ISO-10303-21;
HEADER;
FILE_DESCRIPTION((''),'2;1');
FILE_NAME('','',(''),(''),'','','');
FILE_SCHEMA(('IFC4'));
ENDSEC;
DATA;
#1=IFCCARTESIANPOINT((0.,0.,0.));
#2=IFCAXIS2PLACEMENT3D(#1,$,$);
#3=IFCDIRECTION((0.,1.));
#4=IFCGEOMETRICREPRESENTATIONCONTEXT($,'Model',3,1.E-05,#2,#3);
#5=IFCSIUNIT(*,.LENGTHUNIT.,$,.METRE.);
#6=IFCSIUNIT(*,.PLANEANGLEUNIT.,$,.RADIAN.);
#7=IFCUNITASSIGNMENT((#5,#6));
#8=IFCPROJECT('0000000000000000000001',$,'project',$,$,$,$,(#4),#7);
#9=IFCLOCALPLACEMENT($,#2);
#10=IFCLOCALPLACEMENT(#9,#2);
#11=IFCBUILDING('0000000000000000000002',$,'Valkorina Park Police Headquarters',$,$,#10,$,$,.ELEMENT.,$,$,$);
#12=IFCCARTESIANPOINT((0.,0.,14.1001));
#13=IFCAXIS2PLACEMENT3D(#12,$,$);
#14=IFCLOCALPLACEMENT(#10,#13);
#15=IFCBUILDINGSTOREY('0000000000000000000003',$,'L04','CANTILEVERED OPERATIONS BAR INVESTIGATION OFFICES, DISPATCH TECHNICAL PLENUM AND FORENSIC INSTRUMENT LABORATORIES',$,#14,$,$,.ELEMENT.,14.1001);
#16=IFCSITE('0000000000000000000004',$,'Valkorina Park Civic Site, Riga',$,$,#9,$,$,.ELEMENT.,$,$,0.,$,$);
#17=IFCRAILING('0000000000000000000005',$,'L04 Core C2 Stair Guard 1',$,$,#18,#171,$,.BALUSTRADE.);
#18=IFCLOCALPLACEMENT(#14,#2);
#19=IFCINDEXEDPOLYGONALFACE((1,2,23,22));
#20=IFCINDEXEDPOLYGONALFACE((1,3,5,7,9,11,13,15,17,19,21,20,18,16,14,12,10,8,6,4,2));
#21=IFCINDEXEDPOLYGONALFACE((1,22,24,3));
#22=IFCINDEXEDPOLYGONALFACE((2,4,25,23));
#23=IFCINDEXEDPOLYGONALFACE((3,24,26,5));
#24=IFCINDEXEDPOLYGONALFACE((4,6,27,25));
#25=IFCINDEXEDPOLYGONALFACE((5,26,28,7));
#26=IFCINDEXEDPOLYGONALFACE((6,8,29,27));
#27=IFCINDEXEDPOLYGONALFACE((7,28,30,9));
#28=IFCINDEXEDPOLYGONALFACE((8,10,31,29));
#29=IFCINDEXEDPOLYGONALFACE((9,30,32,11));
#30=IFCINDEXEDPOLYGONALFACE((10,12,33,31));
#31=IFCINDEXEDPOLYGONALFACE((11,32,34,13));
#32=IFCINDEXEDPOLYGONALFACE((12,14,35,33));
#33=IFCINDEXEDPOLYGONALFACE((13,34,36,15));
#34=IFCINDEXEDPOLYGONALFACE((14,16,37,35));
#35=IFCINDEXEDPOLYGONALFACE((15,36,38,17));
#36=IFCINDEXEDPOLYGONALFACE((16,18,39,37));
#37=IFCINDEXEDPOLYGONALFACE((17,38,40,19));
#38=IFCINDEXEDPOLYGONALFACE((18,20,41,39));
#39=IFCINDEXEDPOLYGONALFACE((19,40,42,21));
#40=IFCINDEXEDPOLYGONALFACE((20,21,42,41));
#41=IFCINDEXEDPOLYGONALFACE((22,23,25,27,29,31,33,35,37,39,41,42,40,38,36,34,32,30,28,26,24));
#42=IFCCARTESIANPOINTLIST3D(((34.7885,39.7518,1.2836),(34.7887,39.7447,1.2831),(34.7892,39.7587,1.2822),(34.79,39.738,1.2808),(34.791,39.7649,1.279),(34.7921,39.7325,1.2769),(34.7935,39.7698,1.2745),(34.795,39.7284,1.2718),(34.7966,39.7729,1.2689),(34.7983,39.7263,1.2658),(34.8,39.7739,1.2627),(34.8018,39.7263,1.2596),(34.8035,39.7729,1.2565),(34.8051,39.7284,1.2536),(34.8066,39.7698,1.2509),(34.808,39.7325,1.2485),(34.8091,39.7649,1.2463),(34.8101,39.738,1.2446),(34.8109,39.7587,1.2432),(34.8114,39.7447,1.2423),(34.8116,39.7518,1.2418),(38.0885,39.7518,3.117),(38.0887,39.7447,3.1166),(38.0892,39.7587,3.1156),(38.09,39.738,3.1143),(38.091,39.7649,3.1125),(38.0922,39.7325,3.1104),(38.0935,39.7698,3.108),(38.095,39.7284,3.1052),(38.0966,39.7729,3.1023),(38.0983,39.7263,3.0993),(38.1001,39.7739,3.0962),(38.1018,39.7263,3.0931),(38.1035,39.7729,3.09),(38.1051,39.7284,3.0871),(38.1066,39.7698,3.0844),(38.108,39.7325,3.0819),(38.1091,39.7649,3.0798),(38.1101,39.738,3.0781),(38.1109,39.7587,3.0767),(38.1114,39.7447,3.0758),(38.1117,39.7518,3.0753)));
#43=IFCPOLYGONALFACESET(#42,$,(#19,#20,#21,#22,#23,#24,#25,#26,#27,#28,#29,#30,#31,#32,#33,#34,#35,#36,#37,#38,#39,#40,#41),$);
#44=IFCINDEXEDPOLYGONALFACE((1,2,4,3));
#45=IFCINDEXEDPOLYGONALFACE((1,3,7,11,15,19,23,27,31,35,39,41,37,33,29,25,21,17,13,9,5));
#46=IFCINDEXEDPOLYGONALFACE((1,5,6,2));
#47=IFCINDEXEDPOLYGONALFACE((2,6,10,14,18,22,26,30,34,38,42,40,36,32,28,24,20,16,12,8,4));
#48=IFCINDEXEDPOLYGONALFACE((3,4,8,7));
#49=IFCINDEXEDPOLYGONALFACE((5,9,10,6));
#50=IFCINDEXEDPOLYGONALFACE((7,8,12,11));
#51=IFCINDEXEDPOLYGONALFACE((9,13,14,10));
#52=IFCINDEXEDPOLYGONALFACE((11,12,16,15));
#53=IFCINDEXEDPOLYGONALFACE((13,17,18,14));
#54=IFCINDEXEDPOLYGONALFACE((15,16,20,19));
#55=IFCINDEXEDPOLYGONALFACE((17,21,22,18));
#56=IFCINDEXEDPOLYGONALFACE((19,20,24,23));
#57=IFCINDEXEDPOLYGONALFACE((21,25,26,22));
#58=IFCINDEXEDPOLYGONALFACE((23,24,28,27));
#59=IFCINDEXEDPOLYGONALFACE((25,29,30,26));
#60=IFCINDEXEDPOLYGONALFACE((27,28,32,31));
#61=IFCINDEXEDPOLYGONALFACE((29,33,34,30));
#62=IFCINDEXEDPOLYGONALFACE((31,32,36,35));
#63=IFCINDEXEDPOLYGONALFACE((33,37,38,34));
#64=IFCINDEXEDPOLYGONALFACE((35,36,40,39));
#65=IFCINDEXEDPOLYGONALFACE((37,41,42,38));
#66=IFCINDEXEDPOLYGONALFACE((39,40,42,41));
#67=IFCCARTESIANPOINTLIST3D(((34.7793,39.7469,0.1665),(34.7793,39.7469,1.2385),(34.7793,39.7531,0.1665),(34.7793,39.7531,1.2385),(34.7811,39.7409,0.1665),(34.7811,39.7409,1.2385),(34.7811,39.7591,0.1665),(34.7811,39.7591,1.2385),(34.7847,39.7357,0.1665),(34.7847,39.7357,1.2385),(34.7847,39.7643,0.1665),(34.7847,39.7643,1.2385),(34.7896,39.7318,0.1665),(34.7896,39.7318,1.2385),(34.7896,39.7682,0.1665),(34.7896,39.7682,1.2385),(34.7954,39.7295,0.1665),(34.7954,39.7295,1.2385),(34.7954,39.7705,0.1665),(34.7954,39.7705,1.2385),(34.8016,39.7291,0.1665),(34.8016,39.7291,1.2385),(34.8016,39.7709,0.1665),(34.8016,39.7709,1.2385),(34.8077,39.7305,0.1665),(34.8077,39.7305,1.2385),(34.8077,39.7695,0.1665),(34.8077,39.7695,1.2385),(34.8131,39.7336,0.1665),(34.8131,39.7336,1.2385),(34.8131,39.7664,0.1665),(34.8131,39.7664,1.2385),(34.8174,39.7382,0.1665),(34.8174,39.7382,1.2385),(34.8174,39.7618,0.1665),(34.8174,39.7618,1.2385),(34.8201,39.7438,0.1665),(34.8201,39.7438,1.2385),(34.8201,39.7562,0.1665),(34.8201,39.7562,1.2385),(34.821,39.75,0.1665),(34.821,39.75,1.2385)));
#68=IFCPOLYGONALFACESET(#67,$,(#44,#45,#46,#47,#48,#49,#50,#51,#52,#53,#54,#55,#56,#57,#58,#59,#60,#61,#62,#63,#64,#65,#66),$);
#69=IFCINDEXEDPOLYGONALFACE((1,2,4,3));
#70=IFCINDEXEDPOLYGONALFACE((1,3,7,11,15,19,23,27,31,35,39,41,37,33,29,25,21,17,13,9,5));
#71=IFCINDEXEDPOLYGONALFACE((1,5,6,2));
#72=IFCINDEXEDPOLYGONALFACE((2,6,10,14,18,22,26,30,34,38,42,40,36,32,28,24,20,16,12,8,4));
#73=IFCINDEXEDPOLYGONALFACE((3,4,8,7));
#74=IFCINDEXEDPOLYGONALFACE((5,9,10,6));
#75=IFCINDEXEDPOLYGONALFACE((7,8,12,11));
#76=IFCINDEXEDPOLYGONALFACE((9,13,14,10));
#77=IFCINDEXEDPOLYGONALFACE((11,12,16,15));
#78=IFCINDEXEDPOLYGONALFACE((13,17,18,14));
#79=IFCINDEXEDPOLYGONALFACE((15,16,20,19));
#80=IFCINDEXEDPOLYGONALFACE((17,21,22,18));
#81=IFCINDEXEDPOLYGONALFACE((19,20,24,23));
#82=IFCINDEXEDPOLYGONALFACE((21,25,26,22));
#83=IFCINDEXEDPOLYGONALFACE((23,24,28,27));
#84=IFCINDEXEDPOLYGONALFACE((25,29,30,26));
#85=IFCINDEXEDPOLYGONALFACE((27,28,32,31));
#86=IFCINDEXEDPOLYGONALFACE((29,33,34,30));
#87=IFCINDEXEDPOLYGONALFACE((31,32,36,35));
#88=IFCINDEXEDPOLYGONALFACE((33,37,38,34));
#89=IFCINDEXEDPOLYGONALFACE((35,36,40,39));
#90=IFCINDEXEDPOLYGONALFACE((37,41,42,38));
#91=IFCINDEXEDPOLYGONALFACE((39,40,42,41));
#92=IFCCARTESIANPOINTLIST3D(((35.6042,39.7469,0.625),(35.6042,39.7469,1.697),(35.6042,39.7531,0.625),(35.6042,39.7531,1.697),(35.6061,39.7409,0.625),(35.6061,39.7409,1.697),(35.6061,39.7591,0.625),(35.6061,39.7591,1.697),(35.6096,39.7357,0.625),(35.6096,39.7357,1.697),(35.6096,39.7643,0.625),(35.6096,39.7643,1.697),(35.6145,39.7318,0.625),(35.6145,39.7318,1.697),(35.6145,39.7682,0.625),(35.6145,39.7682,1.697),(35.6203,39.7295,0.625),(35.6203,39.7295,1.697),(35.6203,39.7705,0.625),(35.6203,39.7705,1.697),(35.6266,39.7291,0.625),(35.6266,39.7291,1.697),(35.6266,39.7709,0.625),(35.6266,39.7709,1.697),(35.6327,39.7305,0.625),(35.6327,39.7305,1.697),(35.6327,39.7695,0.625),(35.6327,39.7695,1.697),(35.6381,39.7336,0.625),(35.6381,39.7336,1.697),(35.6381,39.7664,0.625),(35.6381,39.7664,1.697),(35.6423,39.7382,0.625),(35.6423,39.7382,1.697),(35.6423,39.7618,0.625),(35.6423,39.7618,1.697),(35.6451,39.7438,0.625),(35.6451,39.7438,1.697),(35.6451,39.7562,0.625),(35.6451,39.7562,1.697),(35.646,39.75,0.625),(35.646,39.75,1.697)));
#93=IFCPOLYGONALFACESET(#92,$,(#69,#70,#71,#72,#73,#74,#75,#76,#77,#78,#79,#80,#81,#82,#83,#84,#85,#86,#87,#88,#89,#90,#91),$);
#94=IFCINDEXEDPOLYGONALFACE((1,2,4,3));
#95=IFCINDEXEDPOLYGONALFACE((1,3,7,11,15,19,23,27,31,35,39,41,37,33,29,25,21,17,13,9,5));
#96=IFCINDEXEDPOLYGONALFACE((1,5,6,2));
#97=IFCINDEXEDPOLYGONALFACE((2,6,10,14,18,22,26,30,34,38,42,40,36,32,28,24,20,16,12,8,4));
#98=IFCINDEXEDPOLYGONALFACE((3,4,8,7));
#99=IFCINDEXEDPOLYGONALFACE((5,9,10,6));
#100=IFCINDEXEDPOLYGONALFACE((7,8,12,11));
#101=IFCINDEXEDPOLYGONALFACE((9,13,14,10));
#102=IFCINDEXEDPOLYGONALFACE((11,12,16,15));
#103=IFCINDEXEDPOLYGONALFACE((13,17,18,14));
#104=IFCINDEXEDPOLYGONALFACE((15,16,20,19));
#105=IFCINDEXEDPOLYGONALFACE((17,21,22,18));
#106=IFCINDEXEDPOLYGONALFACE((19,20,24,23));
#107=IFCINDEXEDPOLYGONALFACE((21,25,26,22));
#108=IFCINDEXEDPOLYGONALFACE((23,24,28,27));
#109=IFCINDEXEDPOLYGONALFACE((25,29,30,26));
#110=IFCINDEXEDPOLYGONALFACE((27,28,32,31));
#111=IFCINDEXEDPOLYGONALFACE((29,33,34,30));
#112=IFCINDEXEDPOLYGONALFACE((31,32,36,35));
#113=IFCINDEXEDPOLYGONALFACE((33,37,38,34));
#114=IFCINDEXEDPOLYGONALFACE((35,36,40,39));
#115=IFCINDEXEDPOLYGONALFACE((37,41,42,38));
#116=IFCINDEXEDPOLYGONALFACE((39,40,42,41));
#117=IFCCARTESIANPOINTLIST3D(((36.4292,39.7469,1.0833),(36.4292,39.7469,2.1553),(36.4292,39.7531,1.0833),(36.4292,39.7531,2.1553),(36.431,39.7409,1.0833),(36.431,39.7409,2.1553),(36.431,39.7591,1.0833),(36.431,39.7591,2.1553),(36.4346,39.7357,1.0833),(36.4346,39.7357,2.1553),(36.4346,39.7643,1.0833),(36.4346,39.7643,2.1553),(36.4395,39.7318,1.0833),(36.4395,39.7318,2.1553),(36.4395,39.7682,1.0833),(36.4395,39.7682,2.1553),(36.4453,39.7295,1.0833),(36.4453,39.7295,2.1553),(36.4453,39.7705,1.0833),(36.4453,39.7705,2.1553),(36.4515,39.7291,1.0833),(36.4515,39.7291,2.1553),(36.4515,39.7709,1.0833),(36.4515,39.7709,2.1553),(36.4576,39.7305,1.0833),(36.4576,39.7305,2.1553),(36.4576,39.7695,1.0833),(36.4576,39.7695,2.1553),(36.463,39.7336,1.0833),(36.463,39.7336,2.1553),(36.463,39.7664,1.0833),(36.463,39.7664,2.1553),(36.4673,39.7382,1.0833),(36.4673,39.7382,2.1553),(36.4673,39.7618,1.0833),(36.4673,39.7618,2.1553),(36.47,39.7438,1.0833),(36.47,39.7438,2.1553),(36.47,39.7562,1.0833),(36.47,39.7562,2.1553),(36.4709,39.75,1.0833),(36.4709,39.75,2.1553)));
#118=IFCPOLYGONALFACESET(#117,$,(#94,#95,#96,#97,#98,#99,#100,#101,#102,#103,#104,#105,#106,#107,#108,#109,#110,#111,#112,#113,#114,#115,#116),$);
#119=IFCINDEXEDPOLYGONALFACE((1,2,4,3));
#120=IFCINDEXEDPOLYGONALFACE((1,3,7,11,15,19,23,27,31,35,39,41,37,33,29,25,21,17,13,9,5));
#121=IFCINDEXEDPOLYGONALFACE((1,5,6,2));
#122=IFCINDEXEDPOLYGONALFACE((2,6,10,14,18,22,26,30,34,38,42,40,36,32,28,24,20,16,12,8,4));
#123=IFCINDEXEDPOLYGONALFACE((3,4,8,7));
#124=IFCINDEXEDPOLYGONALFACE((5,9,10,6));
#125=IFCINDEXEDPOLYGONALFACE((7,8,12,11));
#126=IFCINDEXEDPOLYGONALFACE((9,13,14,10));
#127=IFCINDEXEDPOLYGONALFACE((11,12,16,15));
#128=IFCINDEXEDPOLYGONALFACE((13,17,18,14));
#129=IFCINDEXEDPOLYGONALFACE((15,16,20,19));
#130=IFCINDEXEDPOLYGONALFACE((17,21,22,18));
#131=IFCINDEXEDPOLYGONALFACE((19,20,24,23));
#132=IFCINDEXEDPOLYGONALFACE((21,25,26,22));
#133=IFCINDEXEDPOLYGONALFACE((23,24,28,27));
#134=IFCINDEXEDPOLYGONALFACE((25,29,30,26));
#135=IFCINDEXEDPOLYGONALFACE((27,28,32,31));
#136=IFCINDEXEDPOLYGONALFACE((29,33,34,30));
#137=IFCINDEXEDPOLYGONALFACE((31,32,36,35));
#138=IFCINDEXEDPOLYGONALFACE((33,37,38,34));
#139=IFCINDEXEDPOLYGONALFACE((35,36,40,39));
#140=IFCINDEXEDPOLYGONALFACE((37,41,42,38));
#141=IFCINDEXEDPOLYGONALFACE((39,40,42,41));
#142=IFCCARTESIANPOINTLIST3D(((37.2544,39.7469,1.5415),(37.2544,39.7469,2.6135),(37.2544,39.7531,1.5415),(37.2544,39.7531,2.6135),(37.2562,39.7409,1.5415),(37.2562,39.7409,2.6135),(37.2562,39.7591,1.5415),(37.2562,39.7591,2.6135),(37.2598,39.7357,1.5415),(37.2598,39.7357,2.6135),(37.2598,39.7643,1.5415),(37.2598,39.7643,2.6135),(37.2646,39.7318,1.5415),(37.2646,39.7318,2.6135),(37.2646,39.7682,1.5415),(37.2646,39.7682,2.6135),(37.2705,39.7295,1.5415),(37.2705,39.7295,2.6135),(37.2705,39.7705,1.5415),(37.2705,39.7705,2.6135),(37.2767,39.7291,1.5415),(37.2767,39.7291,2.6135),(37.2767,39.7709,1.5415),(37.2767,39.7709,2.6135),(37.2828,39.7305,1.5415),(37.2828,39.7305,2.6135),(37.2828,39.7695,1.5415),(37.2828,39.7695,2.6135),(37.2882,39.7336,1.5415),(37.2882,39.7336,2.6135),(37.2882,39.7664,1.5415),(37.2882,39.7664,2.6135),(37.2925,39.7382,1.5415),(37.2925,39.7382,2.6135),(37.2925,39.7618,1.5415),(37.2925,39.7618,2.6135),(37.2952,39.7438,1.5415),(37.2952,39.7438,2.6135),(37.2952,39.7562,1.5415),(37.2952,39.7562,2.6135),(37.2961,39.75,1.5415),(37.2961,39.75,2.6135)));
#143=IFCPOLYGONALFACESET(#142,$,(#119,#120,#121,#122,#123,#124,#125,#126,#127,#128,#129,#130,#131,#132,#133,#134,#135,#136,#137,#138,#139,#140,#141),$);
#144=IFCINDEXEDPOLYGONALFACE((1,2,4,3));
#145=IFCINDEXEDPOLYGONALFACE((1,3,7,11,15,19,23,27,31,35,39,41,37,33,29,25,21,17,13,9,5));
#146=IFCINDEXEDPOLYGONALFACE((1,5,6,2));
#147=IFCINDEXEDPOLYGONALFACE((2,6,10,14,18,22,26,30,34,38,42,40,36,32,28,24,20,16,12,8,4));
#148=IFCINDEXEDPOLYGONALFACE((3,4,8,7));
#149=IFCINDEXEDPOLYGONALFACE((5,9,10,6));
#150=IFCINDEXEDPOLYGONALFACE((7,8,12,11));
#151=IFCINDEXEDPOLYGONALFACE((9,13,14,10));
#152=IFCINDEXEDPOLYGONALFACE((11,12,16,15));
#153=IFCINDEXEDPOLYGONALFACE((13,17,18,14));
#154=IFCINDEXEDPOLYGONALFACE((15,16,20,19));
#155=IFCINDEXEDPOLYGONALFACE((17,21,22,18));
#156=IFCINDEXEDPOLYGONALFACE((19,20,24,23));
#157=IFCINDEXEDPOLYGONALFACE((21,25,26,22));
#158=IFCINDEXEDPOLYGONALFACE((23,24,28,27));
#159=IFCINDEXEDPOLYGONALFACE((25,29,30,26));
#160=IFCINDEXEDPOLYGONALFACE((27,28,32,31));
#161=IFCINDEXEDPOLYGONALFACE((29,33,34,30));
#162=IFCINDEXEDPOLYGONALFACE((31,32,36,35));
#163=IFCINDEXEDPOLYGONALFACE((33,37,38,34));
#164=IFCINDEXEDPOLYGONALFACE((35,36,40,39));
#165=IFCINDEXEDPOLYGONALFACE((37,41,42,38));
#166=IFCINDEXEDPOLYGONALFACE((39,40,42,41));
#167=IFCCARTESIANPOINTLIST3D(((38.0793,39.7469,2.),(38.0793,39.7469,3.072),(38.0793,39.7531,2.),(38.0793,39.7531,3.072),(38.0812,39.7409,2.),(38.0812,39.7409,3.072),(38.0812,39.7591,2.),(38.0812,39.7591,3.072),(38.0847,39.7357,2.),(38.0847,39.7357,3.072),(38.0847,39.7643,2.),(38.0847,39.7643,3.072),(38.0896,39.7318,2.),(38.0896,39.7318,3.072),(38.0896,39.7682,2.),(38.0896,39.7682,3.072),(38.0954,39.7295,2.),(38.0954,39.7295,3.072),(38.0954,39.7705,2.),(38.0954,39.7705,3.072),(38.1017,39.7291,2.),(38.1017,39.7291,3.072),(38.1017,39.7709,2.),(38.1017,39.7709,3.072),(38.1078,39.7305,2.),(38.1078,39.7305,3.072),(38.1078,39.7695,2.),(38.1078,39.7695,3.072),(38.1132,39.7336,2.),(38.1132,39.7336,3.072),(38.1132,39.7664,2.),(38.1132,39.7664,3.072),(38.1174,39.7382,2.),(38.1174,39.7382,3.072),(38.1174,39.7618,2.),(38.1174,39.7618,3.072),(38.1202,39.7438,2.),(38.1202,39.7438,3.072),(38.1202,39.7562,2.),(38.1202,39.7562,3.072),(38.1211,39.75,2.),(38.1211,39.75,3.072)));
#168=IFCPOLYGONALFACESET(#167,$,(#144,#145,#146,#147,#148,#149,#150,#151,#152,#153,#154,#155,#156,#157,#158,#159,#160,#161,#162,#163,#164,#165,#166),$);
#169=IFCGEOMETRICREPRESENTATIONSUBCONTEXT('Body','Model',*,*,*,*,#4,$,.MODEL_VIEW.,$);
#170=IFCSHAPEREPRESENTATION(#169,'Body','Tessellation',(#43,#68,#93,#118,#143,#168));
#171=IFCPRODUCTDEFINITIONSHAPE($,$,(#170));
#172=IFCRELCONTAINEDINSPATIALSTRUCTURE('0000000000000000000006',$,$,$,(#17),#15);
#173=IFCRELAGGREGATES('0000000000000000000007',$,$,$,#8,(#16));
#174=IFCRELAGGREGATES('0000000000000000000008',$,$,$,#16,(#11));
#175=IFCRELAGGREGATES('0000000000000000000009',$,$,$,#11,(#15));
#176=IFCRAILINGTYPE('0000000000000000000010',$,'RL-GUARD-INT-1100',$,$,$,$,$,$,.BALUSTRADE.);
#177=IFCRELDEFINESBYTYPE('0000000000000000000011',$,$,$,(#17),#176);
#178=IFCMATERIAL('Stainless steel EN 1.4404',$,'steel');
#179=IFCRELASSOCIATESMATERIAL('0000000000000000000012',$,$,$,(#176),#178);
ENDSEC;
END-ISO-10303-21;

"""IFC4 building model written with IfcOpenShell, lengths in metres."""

from ifc_helpers import new_model, si_unit, direction, frame, origin, origin_2d, place, context, subcontext, project, spatial, circle, extrude, material, type_object, element, save


model = new_model("IFC4")

# Units and contexts
model_context = context("Model", 3, precision=1e-05, world=origin(), true_north=direction((0.0, 1.0)))
body_context = subcontext(model_context, "Body", "Model", "MODEL_VIEW")
ifc_project = project(units=[si_unit("LENGTHUNIT", "METRE"), si_unit("PLANEANGLEUNIT", "RADIAN")], contexts=[model_context])

# Site, building, storey
site_placement = place(None, origin())
site = spatial("IfcSite", under=ifc_project, at=site_placement, Name="Valkorina Park Civic Site, Riga", CompositionType="ELEMENT", RefElevation=0.0)
building_placement = place(site_placement, origin())
building = spatial("IfcBuilding", under=site, at=building_placement, Name="Valkorina Park Police Headquarters", CompositionType="ELEMENT")
storey_placement = place(building_placement, frame((0.0, 0.0, 14.1001)))
storey = spatial("IfcBuildingStorey", under=building, at=storey_placement, Name="L04", Description="CANTILEVERED OPERATIONS BAR INVESTIGATION OFFICES, DISPATCH TECHNICAL PLENUM AND FORENSIC INSTRUMENT LABORATORIES", CompositionType="ELEMENT", Elevation=14.1001)

# Railing
ifc_material_1 = material(Name="Stainless steel EN 1.4404", Category="steel")
railing_type_1 = type_object("IfcRailingType", Name="RL-GUARD-INT-1100", PredefinedType="BALUSTRADE", material=ifc_material_1)
railing_1_placement = place(storey_placement, frame((34.8, 39.75, 0.1665)))
element("IfcRailing", 1, at=railing_1_placement, inside=storey, type_object=railing_type_1, Name="L04 Core C2 Stair Guard 1", PredefinedType="BALUSTRADE", context=body_context, shape_type="SweptSolid", body=[
    extrude(circle(Radius=0.0239, at=origin_2d()), frame((0.0, 0.0, 1.0962), z_axis=(0.874142, 0.0, 0.48567), x_axis=(0.0, 1.0, 0.0)), (0.0, 0.0, 1.0), 3.7751),
    extrude(circle(Radius=0.021, at=origin_2d()), origin(), (0.0, 0.0, 1.0), 1.072),
    extrude(circle(Radius=0.021, at=origin_2d()), frame((0.825, 0.0, 0.4585)), (0.0, 0.0, 1.0), 1.072),
    extrude(circle(Radius=0.021, at=origin_2d()), frame((1.6499, 0.0, 0.9167)), (0.0, 0.0, 1.0), 1.072),
    extrude(circle(Radius=0.021, at=origin_2d()), frame((2.4751, 0.0, 1.375)), (0.0, 0.0, 1.0), 1.072),
    extrude(circle(Radius=0.021, at=origin_2d()), frame((3.3, 0.0, 1.8335)), (0.0, 0.0, 1.0), 1.072),
])

save(model, "model.ifc")
